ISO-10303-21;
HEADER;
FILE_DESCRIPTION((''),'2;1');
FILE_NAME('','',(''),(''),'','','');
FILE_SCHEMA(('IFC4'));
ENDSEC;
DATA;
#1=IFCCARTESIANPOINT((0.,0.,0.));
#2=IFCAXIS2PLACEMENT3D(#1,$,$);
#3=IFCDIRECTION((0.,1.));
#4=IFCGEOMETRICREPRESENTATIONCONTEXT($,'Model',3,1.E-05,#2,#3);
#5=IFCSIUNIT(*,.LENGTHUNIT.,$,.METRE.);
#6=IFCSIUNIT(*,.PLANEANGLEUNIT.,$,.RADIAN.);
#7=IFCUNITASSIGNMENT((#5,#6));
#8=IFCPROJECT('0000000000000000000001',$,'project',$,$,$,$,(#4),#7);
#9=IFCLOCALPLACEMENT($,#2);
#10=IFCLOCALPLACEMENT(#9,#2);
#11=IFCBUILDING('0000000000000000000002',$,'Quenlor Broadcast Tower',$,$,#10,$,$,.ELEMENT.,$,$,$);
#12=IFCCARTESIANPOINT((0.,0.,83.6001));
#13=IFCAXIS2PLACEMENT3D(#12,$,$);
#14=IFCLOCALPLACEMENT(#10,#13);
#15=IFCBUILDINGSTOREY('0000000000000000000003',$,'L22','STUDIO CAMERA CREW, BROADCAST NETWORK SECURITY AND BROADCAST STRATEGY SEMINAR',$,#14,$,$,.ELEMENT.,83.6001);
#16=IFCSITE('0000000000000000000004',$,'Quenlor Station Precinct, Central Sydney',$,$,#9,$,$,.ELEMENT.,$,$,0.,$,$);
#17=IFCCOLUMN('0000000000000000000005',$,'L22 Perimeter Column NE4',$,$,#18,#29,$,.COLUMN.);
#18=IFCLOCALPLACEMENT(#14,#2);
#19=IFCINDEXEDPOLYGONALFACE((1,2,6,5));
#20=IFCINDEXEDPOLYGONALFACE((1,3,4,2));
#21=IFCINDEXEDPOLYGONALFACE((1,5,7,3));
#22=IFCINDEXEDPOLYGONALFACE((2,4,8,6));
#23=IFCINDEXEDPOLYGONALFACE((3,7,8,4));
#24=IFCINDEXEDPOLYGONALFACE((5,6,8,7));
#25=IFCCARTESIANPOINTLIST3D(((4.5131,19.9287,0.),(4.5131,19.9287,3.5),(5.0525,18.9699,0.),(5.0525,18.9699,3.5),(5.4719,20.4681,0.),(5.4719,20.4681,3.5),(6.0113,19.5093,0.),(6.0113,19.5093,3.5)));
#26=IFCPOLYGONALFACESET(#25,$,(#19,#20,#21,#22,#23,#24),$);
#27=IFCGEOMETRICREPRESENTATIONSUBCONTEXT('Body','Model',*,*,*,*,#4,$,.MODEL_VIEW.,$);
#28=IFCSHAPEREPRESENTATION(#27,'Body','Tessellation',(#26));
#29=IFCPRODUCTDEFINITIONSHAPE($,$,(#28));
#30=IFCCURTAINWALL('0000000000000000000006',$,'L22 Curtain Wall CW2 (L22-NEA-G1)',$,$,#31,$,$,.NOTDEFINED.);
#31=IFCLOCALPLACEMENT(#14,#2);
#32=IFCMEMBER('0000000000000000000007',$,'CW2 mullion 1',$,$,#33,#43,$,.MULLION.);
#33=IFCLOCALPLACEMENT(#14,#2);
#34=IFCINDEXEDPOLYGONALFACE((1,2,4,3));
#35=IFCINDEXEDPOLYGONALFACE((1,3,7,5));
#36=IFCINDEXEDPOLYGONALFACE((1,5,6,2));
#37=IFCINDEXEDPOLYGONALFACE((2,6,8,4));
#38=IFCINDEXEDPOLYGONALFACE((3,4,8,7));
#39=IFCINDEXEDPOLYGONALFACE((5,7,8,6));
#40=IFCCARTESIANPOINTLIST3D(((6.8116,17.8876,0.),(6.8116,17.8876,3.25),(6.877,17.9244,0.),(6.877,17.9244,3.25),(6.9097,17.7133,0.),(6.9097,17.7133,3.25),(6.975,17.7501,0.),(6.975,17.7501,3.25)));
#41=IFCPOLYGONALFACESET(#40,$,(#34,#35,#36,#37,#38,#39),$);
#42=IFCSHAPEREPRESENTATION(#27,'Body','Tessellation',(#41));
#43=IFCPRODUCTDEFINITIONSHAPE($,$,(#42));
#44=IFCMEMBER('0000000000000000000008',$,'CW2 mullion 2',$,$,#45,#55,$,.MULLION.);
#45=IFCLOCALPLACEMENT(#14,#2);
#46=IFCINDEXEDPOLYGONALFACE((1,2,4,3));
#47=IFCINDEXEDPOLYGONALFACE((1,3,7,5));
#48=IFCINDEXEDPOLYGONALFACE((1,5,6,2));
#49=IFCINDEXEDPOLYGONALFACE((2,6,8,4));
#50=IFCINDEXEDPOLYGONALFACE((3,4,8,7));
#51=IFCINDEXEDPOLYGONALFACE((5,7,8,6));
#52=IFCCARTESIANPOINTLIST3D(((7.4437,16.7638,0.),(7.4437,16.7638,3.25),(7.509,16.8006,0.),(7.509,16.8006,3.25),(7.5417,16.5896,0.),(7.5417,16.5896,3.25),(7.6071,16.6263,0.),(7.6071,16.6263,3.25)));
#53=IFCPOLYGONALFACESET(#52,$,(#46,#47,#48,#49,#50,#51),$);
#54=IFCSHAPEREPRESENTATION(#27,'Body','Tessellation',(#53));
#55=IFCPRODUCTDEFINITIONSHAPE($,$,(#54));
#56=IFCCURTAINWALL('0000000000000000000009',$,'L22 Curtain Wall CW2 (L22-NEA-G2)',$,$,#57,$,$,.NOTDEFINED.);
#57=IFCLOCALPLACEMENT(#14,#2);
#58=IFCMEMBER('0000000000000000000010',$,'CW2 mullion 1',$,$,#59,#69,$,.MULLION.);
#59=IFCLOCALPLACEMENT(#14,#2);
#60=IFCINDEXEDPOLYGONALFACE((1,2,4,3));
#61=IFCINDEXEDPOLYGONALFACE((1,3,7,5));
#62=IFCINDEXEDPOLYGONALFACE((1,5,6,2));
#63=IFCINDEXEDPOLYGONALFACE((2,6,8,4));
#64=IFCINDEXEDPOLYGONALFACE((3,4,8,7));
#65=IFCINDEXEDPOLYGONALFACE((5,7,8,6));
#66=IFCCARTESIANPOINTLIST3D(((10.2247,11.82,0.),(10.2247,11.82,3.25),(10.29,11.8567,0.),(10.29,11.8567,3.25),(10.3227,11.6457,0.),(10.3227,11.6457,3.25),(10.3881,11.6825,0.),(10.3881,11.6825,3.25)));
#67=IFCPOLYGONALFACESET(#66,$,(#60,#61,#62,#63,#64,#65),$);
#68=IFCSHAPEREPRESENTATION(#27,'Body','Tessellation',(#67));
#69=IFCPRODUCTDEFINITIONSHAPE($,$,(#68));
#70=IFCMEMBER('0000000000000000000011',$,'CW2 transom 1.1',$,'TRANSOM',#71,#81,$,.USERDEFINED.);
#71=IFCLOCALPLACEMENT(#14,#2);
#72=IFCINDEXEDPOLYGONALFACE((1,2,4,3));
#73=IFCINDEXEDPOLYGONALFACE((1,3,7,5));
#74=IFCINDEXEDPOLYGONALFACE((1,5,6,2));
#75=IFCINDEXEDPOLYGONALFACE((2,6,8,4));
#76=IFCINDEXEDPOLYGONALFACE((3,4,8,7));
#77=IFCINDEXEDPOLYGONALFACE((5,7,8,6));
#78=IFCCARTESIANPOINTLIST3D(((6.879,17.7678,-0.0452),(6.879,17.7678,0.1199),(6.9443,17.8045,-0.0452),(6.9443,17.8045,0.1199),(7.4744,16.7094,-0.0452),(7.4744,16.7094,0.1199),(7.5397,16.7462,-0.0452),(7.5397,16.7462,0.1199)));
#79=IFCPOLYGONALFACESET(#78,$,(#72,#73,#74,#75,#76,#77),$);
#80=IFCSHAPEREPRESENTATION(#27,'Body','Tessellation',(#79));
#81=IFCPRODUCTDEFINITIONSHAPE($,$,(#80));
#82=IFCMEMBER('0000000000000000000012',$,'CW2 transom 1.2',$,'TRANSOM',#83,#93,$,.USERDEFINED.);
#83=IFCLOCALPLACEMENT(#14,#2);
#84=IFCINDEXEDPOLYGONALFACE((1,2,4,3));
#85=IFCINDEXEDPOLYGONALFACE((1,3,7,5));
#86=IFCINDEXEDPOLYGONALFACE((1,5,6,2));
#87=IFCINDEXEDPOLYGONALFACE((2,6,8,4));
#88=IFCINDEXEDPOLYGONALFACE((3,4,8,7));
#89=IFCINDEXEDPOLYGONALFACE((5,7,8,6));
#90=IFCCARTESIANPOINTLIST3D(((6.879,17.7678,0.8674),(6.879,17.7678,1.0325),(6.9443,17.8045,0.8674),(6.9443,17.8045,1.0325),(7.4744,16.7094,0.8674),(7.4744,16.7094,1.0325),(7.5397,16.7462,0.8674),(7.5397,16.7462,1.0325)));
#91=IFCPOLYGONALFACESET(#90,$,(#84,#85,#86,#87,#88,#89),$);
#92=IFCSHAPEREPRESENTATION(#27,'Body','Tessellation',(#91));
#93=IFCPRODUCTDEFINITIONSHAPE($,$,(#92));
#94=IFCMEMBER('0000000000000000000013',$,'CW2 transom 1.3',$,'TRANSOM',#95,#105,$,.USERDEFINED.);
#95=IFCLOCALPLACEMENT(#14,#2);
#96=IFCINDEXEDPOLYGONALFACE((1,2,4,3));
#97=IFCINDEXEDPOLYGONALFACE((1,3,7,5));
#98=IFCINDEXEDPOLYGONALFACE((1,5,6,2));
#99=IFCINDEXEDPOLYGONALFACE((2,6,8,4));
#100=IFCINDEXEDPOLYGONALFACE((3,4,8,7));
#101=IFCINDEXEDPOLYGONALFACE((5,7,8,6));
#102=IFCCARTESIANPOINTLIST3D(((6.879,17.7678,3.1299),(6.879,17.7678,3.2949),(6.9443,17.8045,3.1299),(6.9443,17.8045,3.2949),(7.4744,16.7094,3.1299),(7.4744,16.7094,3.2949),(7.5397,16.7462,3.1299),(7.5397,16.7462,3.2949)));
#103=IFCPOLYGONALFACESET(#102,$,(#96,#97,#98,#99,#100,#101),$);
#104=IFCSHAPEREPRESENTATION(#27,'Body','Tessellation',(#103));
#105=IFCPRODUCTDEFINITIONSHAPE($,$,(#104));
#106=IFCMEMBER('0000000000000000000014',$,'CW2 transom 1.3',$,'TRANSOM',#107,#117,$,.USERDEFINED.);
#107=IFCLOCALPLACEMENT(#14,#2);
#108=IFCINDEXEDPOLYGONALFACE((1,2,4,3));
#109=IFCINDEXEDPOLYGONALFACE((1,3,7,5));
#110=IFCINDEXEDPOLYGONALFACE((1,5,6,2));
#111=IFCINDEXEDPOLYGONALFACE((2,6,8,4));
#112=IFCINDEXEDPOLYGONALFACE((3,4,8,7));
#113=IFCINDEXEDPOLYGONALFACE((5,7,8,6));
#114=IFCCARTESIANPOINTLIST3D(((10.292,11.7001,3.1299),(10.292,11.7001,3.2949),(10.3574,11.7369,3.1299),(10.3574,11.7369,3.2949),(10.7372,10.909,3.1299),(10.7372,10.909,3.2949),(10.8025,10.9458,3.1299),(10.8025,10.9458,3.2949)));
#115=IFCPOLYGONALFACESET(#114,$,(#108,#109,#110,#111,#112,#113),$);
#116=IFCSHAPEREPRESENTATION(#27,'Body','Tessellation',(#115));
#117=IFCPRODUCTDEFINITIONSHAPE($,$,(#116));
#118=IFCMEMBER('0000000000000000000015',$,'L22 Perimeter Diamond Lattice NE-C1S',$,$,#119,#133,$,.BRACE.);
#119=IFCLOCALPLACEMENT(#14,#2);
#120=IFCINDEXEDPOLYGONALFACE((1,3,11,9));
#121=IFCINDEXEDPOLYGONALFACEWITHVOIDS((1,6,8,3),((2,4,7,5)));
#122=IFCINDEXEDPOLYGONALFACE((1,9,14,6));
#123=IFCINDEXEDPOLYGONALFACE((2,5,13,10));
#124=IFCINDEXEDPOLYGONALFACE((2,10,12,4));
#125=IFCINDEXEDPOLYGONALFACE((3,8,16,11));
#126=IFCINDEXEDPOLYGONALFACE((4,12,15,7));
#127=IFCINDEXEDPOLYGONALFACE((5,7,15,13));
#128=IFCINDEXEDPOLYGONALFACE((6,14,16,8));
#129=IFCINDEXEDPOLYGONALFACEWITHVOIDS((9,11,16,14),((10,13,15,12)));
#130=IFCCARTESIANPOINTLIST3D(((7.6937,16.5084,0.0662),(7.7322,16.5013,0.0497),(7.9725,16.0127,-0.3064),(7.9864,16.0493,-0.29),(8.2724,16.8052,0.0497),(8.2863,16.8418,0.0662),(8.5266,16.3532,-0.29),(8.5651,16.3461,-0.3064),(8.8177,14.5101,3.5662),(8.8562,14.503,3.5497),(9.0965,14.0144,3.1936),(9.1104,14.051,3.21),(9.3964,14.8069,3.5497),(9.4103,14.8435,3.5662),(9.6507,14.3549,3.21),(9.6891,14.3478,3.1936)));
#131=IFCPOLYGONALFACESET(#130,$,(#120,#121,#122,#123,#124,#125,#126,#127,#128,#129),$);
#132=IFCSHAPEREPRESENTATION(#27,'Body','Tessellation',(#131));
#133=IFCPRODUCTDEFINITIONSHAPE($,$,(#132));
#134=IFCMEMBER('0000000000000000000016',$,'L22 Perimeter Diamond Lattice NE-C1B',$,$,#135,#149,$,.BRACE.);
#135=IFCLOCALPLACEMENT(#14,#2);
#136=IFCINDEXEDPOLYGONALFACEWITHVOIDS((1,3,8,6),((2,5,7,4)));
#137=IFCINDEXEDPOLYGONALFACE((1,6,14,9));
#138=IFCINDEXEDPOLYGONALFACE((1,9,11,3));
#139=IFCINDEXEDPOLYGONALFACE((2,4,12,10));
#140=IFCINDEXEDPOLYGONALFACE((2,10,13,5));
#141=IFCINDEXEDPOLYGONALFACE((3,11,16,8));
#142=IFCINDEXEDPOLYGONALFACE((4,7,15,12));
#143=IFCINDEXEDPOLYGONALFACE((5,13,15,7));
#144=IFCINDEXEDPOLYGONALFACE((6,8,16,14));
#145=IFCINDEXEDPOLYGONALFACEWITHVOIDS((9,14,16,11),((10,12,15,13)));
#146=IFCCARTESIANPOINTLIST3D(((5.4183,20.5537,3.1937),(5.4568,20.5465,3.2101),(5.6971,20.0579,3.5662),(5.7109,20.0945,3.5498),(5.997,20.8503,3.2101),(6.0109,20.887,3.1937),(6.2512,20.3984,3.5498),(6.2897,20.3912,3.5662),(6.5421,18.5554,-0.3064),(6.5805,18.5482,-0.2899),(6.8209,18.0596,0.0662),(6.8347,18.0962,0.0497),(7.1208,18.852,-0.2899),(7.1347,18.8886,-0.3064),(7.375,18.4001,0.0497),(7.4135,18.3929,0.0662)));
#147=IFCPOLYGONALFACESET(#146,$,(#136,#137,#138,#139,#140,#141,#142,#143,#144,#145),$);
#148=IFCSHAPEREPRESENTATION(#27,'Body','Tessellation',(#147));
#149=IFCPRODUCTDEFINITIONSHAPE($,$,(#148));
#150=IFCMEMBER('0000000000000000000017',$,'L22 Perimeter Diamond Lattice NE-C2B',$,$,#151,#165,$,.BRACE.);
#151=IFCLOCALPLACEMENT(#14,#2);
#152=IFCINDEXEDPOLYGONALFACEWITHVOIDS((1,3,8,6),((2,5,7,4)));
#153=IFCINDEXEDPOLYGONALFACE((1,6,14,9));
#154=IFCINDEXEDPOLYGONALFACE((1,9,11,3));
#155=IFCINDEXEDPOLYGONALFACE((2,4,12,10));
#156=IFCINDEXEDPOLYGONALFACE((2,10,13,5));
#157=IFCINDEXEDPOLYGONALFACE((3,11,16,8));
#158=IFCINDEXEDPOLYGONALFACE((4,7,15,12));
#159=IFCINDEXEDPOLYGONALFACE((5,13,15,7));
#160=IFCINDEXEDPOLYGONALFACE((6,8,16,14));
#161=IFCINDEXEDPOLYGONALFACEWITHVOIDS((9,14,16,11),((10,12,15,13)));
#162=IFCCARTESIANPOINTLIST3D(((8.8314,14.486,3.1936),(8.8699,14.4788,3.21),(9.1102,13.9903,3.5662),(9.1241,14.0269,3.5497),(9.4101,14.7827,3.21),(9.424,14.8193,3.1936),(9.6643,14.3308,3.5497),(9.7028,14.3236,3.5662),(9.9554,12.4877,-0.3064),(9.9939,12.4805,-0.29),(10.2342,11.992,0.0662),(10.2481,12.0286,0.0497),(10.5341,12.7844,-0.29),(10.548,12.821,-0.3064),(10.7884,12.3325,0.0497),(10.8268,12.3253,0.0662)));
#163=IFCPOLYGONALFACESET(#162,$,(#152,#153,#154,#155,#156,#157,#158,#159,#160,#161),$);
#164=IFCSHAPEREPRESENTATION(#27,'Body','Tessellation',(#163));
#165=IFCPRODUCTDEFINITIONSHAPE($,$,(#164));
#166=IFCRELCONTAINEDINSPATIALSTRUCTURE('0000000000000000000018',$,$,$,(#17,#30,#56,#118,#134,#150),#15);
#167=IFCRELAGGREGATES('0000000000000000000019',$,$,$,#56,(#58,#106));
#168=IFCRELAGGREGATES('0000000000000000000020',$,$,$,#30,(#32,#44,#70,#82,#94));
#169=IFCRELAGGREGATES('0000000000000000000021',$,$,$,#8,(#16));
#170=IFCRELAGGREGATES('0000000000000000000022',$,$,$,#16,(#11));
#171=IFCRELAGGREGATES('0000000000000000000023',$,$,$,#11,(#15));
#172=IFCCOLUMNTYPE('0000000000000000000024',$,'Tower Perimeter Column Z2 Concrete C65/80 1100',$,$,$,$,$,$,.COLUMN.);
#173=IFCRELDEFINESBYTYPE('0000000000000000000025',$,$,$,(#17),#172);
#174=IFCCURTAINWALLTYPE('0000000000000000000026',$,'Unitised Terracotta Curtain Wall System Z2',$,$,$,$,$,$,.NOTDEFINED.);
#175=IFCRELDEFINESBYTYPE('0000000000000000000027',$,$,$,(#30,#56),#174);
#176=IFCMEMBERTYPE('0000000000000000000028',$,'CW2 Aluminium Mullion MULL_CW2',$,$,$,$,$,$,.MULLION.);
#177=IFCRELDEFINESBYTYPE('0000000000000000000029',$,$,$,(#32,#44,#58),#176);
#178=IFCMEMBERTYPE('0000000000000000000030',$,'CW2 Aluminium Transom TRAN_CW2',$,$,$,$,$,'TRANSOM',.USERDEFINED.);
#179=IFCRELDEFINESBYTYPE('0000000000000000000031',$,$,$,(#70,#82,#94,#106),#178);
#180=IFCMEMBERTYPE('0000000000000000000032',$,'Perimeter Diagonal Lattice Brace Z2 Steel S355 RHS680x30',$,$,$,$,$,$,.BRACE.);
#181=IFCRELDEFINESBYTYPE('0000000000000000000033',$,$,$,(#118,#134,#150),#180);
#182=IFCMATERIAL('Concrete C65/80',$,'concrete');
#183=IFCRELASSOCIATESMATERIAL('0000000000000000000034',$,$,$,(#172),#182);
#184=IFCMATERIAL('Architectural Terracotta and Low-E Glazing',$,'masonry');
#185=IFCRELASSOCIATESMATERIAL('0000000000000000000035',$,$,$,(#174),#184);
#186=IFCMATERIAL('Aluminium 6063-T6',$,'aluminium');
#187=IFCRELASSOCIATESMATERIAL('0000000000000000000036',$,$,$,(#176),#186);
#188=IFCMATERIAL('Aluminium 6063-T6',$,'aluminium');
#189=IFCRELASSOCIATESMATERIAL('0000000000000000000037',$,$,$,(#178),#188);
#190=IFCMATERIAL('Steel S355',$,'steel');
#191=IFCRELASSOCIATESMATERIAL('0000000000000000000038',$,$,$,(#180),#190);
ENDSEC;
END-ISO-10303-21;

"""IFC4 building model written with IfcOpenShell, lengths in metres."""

from ifc_helpers import new_model, si_unit, direction, frame, origin, origin_2d, place, context, subcontext, project, spatial, rectangle, hollow_rectangle, extrude, material, material_profile, profile_set, type_object, element, aggregate, save


model = new_model("IFC4")

# Units and contexts
model_context = context("Model", 3, precision=1e-05, world=origin(), true_north=direction((0.0, 1.0)))
body_context = subcontext(model_context, "Body", "Model", "MODEL_VIEW")
ifc_project = project(units=[si_unit("LENGTHUNIT", "METRE"), si_unit("PLANEANGLEUNIT", "RADIAN")], contexts=[model_context])

# Site, building, storey
site_placement = place(None, origin())
site = spatial("IfcSite", under=ifc_project, at=site_placement, Name="Quenlor Station Precinct, Central Sydney", CompositionType="ELEMENT", RefElevation=0.0)
building_placement = place(site_placement, origin())
building = spatial("IfcBuilding", under=site, at=building_placement, Name="Quenlor Broadcast Tower", CompositionType="ELEMENT")
storey_placement = place(building_placement, frame((0.0, 0.0, 83.6001)))
storey = spatial("IfcBuildingStorey", under=building, at=storey_placement, Name="L22", Description="STUDIO CAMERA CREW, BROADCAST NETWORK SECURITY AND BROADCAST STRATEGY SEMINAR", CompositionType="ELEMENT", Elevation=83.6001)

# Column
ifc_material_1 = material(Name="Concrete C65/80", Category="concrete")
ifc_material_profile_1 = material_profile(ifc_material_1, rectangle(XDim=1.1001, YDim=1.1001, at=origin_2d()))
ifc_profile_set_1 = profile_set([ifc_material_profile_1], Name="Concrete C65/80 RC1100x1100")
column_type = type_object("IfcColumnType", Name="Tower Perimeter Column Z2 Concrete C65/80 1100", PredefinedType="COLUMN", material=ifc_profile_set_1)
column_placement = place(storey_placement, frame((5.2622, 19.719, 0.0), z_axis=(0.0, 0.0, 1.0), x_axis=(0.871575, 0.490262, 0.0)))
element("IfcColumn", 1, at=column_placement, inside=storey, type_object=column_type, Name="L22 Perimeter Column NE4", PredefinedType="COLUMN", context=body_context, shape_type="SweptSolid", body=[
    extrude(rectangle(XDim=1.1001, YDim=1.1001, at=origin_2d()), origin(), (0.0, 0.0, 1.0), 3.5),
])

# Curtain wall, members
ifc_material_2 = material(Name="Architectural Terracotta and Low-E Glazing", Category="masonry")
curtain_wall_type = type_object("IfcCurtainWallType", Name="Unitised Terracotta Curtain Wall System Z2", PredefinedType="NOTDEFINED", material=ifc_material_2)
curtain_wall_1_placement = place(storey_placement, origin())
curtain_wall_1 = element("IfcCurtainWall", 2, at=curtain_wall_1_placement, inside=storey, type_object=curtain_wall_type, Name="L22 Curtain Wall CW2 (L22-NEA-G1)", PredefinedType="NOTDEFINED")
ifc_material_3 = material(Name="Aluminium 6063-T6", Category="aluminium")
ifc_material_profile_2 = material_profile(ifc_material_3, rectangle(XDim=0.075, YDim=0.2, at=origin_2d()))
ifc_profile_set_2 = profile_set([ifc_material_profile_2], Name="Aluminium 6063-T6 MULL75x200")
member_type_1 = type_object("IfcMemberType", Name="CW2 Aluminium Mullion MULL_CW2", PredefinedType="MULLION", material=ifc_profile_set_2)
member_1_placement = place(storey_placement, frame((6.8933, 17.8188, 0.0), z_axis=(0.0, 0.0, 1.0), x_axis=(0.871583, 0.490247, 0.0)))
member_1 = element("IfcMember", 3, at=member_1_placement, type_object=member_type_1, Name="CW2 mullion 1", PredefinedType="MULLION", context=body_context, shape_type="SweptSolid", body=[
    extrude(rectangle(XDim=0.075, YDim=0.2, at=origin_2d()), origin(), (0.0, 0.0, 1.0), 3.25),
])
member_2_placement = place(storey_placement, frame((7.5254, 16.6951, 0.0), z_axis=(0.0, 0.0, 1.0), x_axis=(0.871583, 0.490247, 0.0)))
member_2 = element("IfcMember", 4, at=member_2_placement, type_object=member_type_1, Name="CW2 mullion 2", PredefinedType="MULLION", context=body_context, shape_type="SweptSolid", body=[
    extrude(rectangle(XDim=0.075, YDim=0.2, at=origin_2d()), origin(), (0.0, 0.0, 1.0), 3.25),
])

# Curtain wall, member
curtain_wall_2_placement = place(storey_placement, origin())
curtain_wall_2 = element("IfcCurtainWall", 5, at=curtain_wall_2_placement, inside=storey, type_object=curtain_wall_type, Name="L22 Curtain Wall CW2 (L22-NEA-G2)", PredefinedType="NOTDEFINED")
member_3_placement = place(storey_placement, frame((10.3064, 11.7512, 0.0), z_axis=(0.0, 0.0, 1.0), x_axis=(0.871581, 0.490252, 0.0)))
member_3 = element("IfcMember", 6, at=member_3_placement, type_object=member_type_1, Name="CW2 mullion 1", PredefinedType="MULLION", context=body_context, shape_type="SweptSolid", body=[
    extrude(rectangle(XDim=0.075, YDim=0.2, at=origin_2d()), origin(), (0.0, 0.0, 1.0), 3.25),
])

# Members
ifc_material_4 = material(Name="Aluminium 6063-T6", Category="aluminium")
ifc_material_profile_3 = material_profile(ifc_material_4, rectangle(XDim=0.075, YDim=0.165, at=origin_2d()))
ifc_profile_set_3 = profile_set([ifc_material_profile_3], Name="Aluminium 6063-T6 TRAN75x165")
member_type_2 = type_object("IfcMemberType", Name="CW2 Aluminium Transom TRAN_CW2", ElementType="TRANSOM", PredefinedType="USERDEFINED", material=ifc_profile_set_3)
member_4_placement = place(storey_placement, frame((6.9116, 17.7861, 0.0374), z_axis=(0.490347, -0.871527, 0.0), x_axis=(0.871527, 0.490347, 0.0)))
member_4 = element("IfcMember", 7, at=member_4_placement, type_object=member_type_2, Name="CW2 transom 1.1", ObjectType="TRANSOM", PredefinedType="USERDEFINED", context=body_context, shape_type="SweptSolid", body=[
    extrude(rectangle(XDim=0.075, YDim=0.165, at=origin_2d()), origin(), (0.0, 0.0, 1.0), 1.2144),
])
member_5_placement = place(storey_placement, frame((6.9116, 17.7861, 0.95), z_axis=(0.490347, -0.871527, 0.0), x_axis=(0.871527, 0.490347, 0.0)))
member_5 = element("IfcMember", 8, at=member_5_placement, type_object=member_type_2, Name="CW2 transom 1.2", ObjectType="TRANSOM", PredefinedType="USERDEFINED", context=body_context, shape_type="SweptSolid", body=[
    extrude(rectangle(XDim=0.075, YDim=0.165, at=origin_2d()), origin(), (0.0, 0.0, 1.0), 1.2144),
])
member_6_placement = place(storey_placement, frame((6.9116, 17.7861, 3.2124), z_axis=(0.490347, -0.871527, 0.0), x_axis=(0.871527, 0.490347, 0.0)))
member_6 = element("IfcMember", 9, at=member_6_placement, type_object=member_type_2, Name="CW2 transom 1.3", ObjectType="TRANSOM", PredefinedType="USERDEFINED", context=body_context, shape_type="SweptSolid", body=[
    extrude(rectangle(XDim=0.075, YDim=0.165, at=origin_2d()), origin(), (0.0, 0.0, 1.0), 1.2144),
])
member_7_placement = place(storey_placement, frame((10.3247, 11.7185, 3.2124), z_axis=(0.490363, -0.871518, 0.0), x_axis=(0.871518, 0.490363, 0.0)))
member_7 = element("IfcMember", 10, at=member_7_placement, type_object=member_type_2, Name="CW2 transom 1.3", ObjectType="TRANSOM", PredefinedType="USERDEFINED", context=body_context, shape_type="SweptSolid", body=[
    extrude(rectangle(XDim=0.075, YDim=0.165, at=origin_2d()), origin(), (0.0, 0.0, 1.0), 0.9077),
])
aggregate(curtain_wall_2, [member_3, member_7])

# Members
ifc_material_5 = material(Name="Steel S355", Category="steel")
ifc_material_profile_4 = material_profile(ifc_material_5, hollow_rectangle(XDim=0.6799, YDim=0.6799, WallThickness=0.03, at=origin_2d()))
ifc_profile_set_4 = profile_set([ifc_material_profile_4], Name="Steel S355 RHS680x680x30")
member_type_3 = type_object("IfcMemberType", Name="Perimeter Diagonal Lattice Brace Z2 Steel S355 RHS680x30", PredefinedType="BRACE", material=ifc_profile_set_4)
for number, where, z_axis, x_axis, name in (
    (11, (8.1294, 16.4272, -0.1201), (0.268642, -0.477593, 0.836502), (0.871578, 0.490256, 0.0), "L22 Perimeter Diamond Lattice NE-C1S"),
    (12, (6.9778, 18.4741, -0.1201), (-0.268588, 0.4776, 0.836516), (-0.871624, -0.490175, 0.0), "L22 Perimeter Diamond Lattice NE-C1B"),
    (13, (10.3911, 12.4065, -0.1201), (-0.268642, 0.477593, 0.836502), (-0.871578, -0.490256, 0.0), "L22 Perimeter Diamond Lattice NE-C2B"),
):
    element("IfcMember", number, at=place(storey_placement, frame(where, z_axis=z_axis, x_axis=x_axis)), inside=storey, type_object=member_type_3, Name=name, PredefinedType="BRACE", context=body_context, shape_type="SweptSolid", body=[
        extrude(hollow_rectangle(XDim=0.6799, YDim=0.6799, WallThickness=0.03, at=origin_2d()), origin(), (0.0, 0.0, 1.0), 4.1841),
    ])

aggregate(curtain_wall_1, [member_1, member_2, member_4, member_5, member_6])

save(model, "model.ifc")
